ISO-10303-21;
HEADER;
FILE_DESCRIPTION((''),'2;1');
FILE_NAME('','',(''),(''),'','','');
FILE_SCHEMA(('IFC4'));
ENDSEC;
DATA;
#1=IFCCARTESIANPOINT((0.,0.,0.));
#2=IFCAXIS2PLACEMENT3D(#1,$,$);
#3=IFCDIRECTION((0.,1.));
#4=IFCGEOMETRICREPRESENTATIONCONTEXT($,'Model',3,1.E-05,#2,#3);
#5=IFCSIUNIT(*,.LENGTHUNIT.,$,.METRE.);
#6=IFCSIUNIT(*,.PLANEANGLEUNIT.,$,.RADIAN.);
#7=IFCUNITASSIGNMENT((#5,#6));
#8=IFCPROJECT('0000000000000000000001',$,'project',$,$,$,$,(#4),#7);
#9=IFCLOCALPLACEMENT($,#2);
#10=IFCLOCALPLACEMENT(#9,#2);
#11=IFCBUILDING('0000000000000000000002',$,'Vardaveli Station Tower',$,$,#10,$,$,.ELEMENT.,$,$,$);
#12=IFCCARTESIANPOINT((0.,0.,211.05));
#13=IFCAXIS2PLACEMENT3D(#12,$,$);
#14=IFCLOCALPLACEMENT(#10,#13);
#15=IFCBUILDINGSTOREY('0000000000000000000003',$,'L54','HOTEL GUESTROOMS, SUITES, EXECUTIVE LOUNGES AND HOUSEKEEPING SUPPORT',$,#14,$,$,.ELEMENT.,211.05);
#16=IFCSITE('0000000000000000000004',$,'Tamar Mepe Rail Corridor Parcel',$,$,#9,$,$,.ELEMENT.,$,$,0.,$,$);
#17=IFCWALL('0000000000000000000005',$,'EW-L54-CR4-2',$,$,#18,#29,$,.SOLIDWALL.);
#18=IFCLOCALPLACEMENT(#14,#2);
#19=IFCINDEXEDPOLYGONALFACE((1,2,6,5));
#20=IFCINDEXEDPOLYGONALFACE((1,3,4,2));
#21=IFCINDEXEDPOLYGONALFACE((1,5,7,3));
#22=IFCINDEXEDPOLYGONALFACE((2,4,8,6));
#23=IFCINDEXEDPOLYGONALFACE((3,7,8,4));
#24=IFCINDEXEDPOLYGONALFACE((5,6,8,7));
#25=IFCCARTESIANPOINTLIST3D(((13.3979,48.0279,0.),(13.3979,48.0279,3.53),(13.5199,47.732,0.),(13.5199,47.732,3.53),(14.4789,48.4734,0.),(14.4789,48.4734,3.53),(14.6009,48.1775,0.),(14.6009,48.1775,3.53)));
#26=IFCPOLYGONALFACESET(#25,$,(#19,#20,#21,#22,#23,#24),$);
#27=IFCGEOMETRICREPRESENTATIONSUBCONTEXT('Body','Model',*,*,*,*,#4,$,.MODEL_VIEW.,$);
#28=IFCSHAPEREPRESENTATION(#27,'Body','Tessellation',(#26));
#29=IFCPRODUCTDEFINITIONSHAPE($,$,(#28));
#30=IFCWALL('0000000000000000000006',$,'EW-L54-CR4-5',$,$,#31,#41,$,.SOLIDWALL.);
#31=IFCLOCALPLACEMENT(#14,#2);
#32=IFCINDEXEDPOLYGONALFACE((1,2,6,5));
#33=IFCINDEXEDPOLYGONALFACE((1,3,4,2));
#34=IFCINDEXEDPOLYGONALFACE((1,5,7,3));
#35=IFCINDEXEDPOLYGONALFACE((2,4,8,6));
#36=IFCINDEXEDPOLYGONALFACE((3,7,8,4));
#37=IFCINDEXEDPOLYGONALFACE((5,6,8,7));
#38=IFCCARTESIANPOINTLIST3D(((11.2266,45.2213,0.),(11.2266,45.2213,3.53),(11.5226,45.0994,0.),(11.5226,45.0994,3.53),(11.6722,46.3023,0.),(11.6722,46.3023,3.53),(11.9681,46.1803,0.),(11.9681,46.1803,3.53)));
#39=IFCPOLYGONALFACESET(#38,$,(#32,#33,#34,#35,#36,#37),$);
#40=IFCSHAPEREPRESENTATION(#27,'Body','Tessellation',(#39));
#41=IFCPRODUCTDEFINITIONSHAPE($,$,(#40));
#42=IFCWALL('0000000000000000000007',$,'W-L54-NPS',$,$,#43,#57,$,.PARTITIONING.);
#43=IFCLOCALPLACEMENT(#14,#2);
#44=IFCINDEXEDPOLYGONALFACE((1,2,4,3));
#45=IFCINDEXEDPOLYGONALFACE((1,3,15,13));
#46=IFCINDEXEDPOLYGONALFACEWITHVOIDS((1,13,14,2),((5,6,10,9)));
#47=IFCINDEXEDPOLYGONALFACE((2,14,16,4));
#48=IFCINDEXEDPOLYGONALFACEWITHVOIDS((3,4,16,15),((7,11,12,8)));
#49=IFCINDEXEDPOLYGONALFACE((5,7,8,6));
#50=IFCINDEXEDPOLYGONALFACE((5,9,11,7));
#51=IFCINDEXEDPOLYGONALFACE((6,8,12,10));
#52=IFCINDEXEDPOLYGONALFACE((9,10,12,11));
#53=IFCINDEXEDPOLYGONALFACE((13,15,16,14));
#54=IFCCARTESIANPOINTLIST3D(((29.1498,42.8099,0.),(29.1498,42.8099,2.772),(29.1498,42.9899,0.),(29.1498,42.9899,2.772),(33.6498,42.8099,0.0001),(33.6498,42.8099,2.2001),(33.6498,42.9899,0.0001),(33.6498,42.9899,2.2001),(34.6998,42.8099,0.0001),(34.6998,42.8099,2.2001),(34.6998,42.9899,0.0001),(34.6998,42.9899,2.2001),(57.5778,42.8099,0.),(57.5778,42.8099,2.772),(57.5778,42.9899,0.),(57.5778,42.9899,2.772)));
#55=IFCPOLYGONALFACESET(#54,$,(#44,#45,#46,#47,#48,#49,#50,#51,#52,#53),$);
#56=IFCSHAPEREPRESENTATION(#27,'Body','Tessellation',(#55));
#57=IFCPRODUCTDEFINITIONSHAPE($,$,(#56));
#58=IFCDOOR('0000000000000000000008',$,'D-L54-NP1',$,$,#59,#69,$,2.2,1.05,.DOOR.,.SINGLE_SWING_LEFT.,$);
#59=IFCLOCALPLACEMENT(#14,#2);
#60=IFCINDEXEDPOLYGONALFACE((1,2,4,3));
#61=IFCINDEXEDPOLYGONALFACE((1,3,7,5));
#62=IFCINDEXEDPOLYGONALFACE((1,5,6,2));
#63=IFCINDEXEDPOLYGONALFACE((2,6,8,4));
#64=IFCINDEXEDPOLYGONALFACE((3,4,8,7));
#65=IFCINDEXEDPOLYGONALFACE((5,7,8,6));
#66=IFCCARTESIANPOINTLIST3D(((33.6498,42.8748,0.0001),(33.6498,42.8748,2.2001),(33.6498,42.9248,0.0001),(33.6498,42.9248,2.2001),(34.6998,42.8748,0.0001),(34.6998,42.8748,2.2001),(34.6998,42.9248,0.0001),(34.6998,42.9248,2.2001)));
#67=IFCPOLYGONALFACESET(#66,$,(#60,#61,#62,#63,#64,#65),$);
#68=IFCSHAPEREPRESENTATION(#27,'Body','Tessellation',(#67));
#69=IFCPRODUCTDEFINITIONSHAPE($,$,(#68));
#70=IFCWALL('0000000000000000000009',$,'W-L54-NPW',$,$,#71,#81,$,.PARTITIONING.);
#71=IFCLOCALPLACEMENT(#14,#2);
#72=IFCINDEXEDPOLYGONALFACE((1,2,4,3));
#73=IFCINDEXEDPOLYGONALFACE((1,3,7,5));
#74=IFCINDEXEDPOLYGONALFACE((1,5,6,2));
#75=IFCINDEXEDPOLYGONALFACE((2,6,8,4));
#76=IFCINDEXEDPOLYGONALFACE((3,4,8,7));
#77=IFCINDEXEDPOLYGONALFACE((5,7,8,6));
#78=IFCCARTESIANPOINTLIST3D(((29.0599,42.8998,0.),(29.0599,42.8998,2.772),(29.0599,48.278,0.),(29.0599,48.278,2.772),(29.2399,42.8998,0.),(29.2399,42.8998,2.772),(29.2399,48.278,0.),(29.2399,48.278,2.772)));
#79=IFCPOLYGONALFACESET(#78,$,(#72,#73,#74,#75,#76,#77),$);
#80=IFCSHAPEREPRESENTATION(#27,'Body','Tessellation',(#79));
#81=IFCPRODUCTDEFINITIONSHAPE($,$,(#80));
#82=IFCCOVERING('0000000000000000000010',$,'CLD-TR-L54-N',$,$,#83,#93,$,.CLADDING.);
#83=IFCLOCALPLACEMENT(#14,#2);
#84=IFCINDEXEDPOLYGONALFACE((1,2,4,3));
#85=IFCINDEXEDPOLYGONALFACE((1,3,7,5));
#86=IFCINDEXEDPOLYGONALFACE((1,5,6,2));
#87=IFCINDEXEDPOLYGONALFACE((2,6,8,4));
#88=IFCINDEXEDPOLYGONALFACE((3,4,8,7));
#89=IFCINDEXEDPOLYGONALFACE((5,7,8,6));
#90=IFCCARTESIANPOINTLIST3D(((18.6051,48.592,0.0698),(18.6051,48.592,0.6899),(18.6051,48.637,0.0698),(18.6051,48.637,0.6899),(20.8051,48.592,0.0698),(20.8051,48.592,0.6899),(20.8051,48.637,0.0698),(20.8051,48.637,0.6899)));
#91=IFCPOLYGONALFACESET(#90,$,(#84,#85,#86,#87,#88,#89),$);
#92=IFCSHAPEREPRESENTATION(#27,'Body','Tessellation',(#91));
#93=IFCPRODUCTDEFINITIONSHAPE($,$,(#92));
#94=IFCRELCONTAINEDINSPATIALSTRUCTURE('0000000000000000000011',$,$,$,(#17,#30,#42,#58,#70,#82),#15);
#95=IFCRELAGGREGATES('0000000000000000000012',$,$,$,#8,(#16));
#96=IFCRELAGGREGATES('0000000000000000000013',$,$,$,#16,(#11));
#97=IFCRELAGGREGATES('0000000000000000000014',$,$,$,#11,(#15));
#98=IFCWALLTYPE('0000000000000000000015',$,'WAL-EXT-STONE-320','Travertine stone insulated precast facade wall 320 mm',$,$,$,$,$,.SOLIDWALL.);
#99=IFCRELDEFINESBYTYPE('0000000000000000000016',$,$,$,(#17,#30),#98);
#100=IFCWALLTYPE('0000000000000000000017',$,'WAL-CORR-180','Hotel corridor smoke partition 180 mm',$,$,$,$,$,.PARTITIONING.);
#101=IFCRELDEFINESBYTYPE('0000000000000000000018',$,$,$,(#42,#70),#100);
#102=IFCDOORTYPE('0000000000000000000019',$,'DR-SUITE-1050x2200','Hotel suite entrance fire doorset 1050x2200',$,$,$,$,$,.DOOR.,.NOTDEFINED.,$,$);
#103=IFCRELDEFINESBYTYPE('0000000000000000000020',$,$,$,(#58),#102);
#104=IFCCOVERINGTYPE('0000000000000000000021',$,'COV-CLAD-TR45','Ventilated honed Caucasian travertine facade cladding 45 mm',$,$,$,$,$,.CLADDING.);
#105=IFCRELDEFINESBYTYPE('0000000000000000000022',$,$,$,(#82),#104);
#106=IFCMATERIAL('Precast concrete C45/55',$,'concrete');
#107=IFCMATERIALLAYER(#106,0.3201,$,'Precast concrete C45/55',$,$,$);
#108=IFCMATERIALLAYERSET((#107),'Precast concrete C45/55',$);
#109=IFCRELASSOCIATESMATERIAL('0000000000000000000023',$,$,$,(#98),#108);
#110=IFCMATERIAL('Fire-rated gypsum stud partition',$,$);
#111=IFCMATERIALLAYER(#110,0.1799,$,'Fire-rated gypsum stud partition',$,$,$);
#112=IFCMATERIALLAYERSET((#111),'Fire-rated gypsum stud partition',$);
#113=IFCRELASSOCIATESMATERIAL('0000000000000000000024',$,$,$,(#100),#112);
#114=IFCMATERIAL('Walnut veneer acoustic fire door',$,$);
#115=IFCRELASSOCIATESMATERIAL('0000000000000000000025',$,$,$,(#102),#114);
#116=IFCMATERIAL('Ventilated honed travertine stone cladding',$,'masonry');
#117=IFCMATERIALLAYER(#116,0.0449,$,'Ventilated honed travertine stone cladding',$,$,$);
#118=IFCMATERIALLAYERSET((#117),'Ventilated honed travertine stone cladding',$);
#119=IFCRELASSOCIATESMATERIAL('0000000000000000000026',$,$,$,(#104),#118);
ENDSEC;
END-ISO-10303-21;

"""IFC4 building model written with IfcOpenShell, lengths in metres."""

from ifc_helpers import new_model, si_unit, direction, frame, frame_2d, origin, origin_2d, place, context, subcontext, project, spatial, rectangle, extrude, source, transform, mapped, material, layer, layer_set, type_object, element, fill, save


model = new_model("IFC4")

# Units and contexts
model_context = context("Model", 3, precision=1e-05, world=origin(), true_north=direction((0.0, 1.0)))
body_context = subcontext(model_context, "Body", "Model", "MODEL_VIEW")
ifc_project = project(units=[si_unit("LENGTHUNIT", "METRE"), si_unit("PLANEANGLEUNIT", "RADIAN")], contexts=[model_context])

# Site, building, storey
site_placement = place(None, origin())
site = spatial("IfcSite", under=ifc_project, at=site_placement, Name="Tamar Mepe Rail Corridor Parcel", CompositionType="ELEMENT", RefElevation=0.0)
building_placement = place(site_placement, origin())
building = spatial("IfcBuilding", under=site, at=building_placement, Name="Vardaveli Station Tower", CompositionType="ELEMENT")
storey_placement = place(building_placement, frame((0.0, 0.0, 211.05)))
storey = spatial("IfcBuildingStorey", under=building, at=storey_placement, Name="L54", Description="HOTEL GUESTROOMS, SUITES, EXECUTIVE LOUNGES AND HOUSEKEEPING SUPPORT", CompositionType="ELEMENT", Elevation=211.05)

# Shared definitions
ifc_material_1 = material(Name="Precast concrete C45/55", Category="concrete")

# Shared definitions
ifc_layer_1 = layer(ifc_material_1, 0.3201, Name="Precast concrete C45/55")
ifc_layer_set_1 = layer_set([ifc_layer_1], Name="Precast concrete C45/55")
wall_type_1 = type_object("IfcWallType", Name="WAL-EXT-STONE-320", Description="Travertine stone insulated precast facade wall 320 mm", PredefinedType="SOLIDWALL", material=ifc_layer_set_1)

# Walls
shared_shape_1 = source(origin(), body_context, "Body", "SweptSolid", [
    extrude(rectangle(XDim=1.1692, YDim=0.3201, at=frame_2d((0.5845, 0.0))), origin(), (0.0, 0.0, 1.0), 3.53),
])
for number, where, z_axis, x_axis, name in (
    (1, (14.5398, 48.3254, 0.0), (0.0, 0.0, 1.0), (-0.924553, -0.381054, 0.0), "EW-L54-CR4-2"),
    (2, (11.8201, 46.2412, 0.0), (0.0, 0.0, 1.0), (-0.381054, -0.924553, 0.0), "EW-L54-CR4-5"),
):
    element("IfcWall", number, at=place(storey_placement, frame(where, z_axis=z_axis, x_axis=x_axis)), inside=storey, type_object=wall_type_1, Name=name, PredefinedType="SOLIDWALL", context=body_context, shape_type="MappedRepresentation", body=[
        mapped(shared_shape_1, transform((0.0, 0.0, 0.0), scale=1.0)),
    ])

# Wall, opening, door
ifc_material_2 = material(Name="Fire-rated gypsum stud partition")
ifc_layer_2 = layer(ifc_material_2, 0.1799, Name="Fire-rated gypsum stud partition")
ifc_layer_set_2 = layer_set([ifc_layer_2], Name="Fire-rated gypsum stud partition")
wall_type_2 = type_object("IfcWallType", Name="WAL-CORR-180", Description="Hotel corridor smoke partition 180 mm", PredefinedType="PARTITIONING", material=ifc_layer_set_2)
shared_shape_2 = source(origin(), body_context, "Body", "SweptSolid", [
    extrude(rectangle(XDim=28.428, YDim=0.1799, at=frame_2d((14.2139, 0.0))), origin(), (0.0, 0.0, 1.0), 2.772),
])
wall_1_placement = place(storey_placement, frame((29.1499, 42.8999, 0.0), z_axis=(0.0, 0.0, 1.0), x_axis=(1.0, 0.0, 0.0)))
wall_1 = element("IfcWall", 3, at=wall_1_placement, inside=storey, type_object=wall_type_2, Name="W-L54-NPS", PredefinedType="PARTITIONING", context=body_context, shape_type="MappedRepresentation", body=[
    mapped(shared_shape_2, transform((0.0, 0.0, 0.0), scale=1.0)),
])
shared_shape_3 = source(origin(), body_context, "Body", "SweptSolid", [
    extrude(rectangle(XDim=1.05, YDim=2.2, at=frame_2d((0.5249, 1.1001))), frame((0.0, 0.1001, 0.0), z_axis=(0.0, -1.0, 0.0), x_axis=(1.0, 0.0, 0.0)), (0.0, 0.0, 1.0), 0.2),
])
opening_1_placement = place(wall_1_placement, frame((4.5, 0.0, 0.0)))
opening_1 = element("IfcOpeningElement", 4, at=opening_1_placement, cuts=wall_1, PredefinedType="OPENING", context=body_context, shape_type="MappedRepresentation", body=[
    mapped(shared_shape_3, transform((0.0, 0.0, 0.0), scale=1.0)),
])
ifc_material_3 = material(Name="Walnut veneer acoustic fire door")
door_type_1 = type_object("IfcDoorType", Name="DR-SUITE-1050x2200", Description="Hotel suite entrance fire doorset 1050x2200", OperationType="NOTDEFINED", PredefinedType="DOOR", material=ifc_material_3)
shared_shape_4 = source(origin(), body_context, "Body", "SweptSolid", [
    extrude(rectangle(XDim=1.05, YDim=2.2, at=frame_2d((0.5249, 1.1001))), frame((0.0, 0.0249, 0.0), z_axis=(0.0, -1.0, 0.0), x_axis=(1.0, 0.0, 0.0)), (0.0, 0.0, 1.0), 0.05),
])
door_1_placement = place(opening_1_placement, origin())
door_1 = element("IfcDoor", 5, at=door_1_placement, inside=storey, type_object=door_type_1, Name="D-L54-NP1", OperationType="SINGLE_SWING_LEFT", OverallHeight=2.2, OverallWidth=1.05, PredefinedType="DOOR", context=body_context, shape_type="MappedRepresentation", body=[
    mapped(shared_shape_4, transform((0.0, 0.0, 0.0), scale=1.0)),
])
fill(opening_1, door_1)

# Wall
shared_shape_5 = source(origin(), body_context, "Body", "SweptSolid", [
    extrude(rectangle(XDim=5.3782, YDim=0.1799, at=frame_2d((2.689, 0.0))), origin(), (0.0, 0.0, 1.0), 2.772),
])
wall_2_placement = place(storey_placement, frame((29.1499, 42.8999, 0.0), z_axis=(0.0, 0.0, 1.0), x_axis=(0.0, 1.0, 0.0)))
element("IfcWall", 6, at=wall_2_placement, inside=storey, type_object=wall_type_2, Name="W-L54-NPW", PredefinedType="PARTITIONING", context=body_context, shape_type="MappedRepresentation", body=[
    mapped(shared_shape_5, transform((0.0, 0.0, 0.0), scale=1.0)),
])

# Covering
ifc_material_4 = material(Name="Ventilated honed travertine stone cladding", Category="masonry")
ifc_layer_3 = layer(ifc_material_4, 0.0449, Name="Ventilated honed travertine stone cladding")
ifc_layer_set_3 = layer_set([ifc_layer_3], Name="Ventilated honed travertine stone cladding")
covering_type = type_object("IfcCoveringType", Name="COV-CLAD-TR45", Description="Ventilated honed Caucasian travertine facade cladding 45 mm", PredefinedType="CLADDING", material=ifc_layer_set_3)
shared_shape_6 = source(origin(), body_context, "Body", "SweptSolid", [
    extrude(rectangle(XDim=2.2, YDim=0.0449, at=origin_2d()), origin(), (0.0, 0.0, 1.0), 0.6201),
])
covering_placement = place(storey_placement, frame((19.7051, 48.6145, 0.0698), z_axis=(0.0, 0.0, 1.0), x_axis=(1.0, 0.0, 0.0)))
element("IfcCovering", 7, at=covering_placement, inside=storey, type_object=covering_type, Name="CLD-TR-L54-N", PredefinedType="CLADDING", context=body_context, shape_type="MappedRepresentation", body=[
    mapped(shared_shape_6, transform((0.0, 0.0, 0.0), scale=1.0)),
])

save(model, "model.ifc")
